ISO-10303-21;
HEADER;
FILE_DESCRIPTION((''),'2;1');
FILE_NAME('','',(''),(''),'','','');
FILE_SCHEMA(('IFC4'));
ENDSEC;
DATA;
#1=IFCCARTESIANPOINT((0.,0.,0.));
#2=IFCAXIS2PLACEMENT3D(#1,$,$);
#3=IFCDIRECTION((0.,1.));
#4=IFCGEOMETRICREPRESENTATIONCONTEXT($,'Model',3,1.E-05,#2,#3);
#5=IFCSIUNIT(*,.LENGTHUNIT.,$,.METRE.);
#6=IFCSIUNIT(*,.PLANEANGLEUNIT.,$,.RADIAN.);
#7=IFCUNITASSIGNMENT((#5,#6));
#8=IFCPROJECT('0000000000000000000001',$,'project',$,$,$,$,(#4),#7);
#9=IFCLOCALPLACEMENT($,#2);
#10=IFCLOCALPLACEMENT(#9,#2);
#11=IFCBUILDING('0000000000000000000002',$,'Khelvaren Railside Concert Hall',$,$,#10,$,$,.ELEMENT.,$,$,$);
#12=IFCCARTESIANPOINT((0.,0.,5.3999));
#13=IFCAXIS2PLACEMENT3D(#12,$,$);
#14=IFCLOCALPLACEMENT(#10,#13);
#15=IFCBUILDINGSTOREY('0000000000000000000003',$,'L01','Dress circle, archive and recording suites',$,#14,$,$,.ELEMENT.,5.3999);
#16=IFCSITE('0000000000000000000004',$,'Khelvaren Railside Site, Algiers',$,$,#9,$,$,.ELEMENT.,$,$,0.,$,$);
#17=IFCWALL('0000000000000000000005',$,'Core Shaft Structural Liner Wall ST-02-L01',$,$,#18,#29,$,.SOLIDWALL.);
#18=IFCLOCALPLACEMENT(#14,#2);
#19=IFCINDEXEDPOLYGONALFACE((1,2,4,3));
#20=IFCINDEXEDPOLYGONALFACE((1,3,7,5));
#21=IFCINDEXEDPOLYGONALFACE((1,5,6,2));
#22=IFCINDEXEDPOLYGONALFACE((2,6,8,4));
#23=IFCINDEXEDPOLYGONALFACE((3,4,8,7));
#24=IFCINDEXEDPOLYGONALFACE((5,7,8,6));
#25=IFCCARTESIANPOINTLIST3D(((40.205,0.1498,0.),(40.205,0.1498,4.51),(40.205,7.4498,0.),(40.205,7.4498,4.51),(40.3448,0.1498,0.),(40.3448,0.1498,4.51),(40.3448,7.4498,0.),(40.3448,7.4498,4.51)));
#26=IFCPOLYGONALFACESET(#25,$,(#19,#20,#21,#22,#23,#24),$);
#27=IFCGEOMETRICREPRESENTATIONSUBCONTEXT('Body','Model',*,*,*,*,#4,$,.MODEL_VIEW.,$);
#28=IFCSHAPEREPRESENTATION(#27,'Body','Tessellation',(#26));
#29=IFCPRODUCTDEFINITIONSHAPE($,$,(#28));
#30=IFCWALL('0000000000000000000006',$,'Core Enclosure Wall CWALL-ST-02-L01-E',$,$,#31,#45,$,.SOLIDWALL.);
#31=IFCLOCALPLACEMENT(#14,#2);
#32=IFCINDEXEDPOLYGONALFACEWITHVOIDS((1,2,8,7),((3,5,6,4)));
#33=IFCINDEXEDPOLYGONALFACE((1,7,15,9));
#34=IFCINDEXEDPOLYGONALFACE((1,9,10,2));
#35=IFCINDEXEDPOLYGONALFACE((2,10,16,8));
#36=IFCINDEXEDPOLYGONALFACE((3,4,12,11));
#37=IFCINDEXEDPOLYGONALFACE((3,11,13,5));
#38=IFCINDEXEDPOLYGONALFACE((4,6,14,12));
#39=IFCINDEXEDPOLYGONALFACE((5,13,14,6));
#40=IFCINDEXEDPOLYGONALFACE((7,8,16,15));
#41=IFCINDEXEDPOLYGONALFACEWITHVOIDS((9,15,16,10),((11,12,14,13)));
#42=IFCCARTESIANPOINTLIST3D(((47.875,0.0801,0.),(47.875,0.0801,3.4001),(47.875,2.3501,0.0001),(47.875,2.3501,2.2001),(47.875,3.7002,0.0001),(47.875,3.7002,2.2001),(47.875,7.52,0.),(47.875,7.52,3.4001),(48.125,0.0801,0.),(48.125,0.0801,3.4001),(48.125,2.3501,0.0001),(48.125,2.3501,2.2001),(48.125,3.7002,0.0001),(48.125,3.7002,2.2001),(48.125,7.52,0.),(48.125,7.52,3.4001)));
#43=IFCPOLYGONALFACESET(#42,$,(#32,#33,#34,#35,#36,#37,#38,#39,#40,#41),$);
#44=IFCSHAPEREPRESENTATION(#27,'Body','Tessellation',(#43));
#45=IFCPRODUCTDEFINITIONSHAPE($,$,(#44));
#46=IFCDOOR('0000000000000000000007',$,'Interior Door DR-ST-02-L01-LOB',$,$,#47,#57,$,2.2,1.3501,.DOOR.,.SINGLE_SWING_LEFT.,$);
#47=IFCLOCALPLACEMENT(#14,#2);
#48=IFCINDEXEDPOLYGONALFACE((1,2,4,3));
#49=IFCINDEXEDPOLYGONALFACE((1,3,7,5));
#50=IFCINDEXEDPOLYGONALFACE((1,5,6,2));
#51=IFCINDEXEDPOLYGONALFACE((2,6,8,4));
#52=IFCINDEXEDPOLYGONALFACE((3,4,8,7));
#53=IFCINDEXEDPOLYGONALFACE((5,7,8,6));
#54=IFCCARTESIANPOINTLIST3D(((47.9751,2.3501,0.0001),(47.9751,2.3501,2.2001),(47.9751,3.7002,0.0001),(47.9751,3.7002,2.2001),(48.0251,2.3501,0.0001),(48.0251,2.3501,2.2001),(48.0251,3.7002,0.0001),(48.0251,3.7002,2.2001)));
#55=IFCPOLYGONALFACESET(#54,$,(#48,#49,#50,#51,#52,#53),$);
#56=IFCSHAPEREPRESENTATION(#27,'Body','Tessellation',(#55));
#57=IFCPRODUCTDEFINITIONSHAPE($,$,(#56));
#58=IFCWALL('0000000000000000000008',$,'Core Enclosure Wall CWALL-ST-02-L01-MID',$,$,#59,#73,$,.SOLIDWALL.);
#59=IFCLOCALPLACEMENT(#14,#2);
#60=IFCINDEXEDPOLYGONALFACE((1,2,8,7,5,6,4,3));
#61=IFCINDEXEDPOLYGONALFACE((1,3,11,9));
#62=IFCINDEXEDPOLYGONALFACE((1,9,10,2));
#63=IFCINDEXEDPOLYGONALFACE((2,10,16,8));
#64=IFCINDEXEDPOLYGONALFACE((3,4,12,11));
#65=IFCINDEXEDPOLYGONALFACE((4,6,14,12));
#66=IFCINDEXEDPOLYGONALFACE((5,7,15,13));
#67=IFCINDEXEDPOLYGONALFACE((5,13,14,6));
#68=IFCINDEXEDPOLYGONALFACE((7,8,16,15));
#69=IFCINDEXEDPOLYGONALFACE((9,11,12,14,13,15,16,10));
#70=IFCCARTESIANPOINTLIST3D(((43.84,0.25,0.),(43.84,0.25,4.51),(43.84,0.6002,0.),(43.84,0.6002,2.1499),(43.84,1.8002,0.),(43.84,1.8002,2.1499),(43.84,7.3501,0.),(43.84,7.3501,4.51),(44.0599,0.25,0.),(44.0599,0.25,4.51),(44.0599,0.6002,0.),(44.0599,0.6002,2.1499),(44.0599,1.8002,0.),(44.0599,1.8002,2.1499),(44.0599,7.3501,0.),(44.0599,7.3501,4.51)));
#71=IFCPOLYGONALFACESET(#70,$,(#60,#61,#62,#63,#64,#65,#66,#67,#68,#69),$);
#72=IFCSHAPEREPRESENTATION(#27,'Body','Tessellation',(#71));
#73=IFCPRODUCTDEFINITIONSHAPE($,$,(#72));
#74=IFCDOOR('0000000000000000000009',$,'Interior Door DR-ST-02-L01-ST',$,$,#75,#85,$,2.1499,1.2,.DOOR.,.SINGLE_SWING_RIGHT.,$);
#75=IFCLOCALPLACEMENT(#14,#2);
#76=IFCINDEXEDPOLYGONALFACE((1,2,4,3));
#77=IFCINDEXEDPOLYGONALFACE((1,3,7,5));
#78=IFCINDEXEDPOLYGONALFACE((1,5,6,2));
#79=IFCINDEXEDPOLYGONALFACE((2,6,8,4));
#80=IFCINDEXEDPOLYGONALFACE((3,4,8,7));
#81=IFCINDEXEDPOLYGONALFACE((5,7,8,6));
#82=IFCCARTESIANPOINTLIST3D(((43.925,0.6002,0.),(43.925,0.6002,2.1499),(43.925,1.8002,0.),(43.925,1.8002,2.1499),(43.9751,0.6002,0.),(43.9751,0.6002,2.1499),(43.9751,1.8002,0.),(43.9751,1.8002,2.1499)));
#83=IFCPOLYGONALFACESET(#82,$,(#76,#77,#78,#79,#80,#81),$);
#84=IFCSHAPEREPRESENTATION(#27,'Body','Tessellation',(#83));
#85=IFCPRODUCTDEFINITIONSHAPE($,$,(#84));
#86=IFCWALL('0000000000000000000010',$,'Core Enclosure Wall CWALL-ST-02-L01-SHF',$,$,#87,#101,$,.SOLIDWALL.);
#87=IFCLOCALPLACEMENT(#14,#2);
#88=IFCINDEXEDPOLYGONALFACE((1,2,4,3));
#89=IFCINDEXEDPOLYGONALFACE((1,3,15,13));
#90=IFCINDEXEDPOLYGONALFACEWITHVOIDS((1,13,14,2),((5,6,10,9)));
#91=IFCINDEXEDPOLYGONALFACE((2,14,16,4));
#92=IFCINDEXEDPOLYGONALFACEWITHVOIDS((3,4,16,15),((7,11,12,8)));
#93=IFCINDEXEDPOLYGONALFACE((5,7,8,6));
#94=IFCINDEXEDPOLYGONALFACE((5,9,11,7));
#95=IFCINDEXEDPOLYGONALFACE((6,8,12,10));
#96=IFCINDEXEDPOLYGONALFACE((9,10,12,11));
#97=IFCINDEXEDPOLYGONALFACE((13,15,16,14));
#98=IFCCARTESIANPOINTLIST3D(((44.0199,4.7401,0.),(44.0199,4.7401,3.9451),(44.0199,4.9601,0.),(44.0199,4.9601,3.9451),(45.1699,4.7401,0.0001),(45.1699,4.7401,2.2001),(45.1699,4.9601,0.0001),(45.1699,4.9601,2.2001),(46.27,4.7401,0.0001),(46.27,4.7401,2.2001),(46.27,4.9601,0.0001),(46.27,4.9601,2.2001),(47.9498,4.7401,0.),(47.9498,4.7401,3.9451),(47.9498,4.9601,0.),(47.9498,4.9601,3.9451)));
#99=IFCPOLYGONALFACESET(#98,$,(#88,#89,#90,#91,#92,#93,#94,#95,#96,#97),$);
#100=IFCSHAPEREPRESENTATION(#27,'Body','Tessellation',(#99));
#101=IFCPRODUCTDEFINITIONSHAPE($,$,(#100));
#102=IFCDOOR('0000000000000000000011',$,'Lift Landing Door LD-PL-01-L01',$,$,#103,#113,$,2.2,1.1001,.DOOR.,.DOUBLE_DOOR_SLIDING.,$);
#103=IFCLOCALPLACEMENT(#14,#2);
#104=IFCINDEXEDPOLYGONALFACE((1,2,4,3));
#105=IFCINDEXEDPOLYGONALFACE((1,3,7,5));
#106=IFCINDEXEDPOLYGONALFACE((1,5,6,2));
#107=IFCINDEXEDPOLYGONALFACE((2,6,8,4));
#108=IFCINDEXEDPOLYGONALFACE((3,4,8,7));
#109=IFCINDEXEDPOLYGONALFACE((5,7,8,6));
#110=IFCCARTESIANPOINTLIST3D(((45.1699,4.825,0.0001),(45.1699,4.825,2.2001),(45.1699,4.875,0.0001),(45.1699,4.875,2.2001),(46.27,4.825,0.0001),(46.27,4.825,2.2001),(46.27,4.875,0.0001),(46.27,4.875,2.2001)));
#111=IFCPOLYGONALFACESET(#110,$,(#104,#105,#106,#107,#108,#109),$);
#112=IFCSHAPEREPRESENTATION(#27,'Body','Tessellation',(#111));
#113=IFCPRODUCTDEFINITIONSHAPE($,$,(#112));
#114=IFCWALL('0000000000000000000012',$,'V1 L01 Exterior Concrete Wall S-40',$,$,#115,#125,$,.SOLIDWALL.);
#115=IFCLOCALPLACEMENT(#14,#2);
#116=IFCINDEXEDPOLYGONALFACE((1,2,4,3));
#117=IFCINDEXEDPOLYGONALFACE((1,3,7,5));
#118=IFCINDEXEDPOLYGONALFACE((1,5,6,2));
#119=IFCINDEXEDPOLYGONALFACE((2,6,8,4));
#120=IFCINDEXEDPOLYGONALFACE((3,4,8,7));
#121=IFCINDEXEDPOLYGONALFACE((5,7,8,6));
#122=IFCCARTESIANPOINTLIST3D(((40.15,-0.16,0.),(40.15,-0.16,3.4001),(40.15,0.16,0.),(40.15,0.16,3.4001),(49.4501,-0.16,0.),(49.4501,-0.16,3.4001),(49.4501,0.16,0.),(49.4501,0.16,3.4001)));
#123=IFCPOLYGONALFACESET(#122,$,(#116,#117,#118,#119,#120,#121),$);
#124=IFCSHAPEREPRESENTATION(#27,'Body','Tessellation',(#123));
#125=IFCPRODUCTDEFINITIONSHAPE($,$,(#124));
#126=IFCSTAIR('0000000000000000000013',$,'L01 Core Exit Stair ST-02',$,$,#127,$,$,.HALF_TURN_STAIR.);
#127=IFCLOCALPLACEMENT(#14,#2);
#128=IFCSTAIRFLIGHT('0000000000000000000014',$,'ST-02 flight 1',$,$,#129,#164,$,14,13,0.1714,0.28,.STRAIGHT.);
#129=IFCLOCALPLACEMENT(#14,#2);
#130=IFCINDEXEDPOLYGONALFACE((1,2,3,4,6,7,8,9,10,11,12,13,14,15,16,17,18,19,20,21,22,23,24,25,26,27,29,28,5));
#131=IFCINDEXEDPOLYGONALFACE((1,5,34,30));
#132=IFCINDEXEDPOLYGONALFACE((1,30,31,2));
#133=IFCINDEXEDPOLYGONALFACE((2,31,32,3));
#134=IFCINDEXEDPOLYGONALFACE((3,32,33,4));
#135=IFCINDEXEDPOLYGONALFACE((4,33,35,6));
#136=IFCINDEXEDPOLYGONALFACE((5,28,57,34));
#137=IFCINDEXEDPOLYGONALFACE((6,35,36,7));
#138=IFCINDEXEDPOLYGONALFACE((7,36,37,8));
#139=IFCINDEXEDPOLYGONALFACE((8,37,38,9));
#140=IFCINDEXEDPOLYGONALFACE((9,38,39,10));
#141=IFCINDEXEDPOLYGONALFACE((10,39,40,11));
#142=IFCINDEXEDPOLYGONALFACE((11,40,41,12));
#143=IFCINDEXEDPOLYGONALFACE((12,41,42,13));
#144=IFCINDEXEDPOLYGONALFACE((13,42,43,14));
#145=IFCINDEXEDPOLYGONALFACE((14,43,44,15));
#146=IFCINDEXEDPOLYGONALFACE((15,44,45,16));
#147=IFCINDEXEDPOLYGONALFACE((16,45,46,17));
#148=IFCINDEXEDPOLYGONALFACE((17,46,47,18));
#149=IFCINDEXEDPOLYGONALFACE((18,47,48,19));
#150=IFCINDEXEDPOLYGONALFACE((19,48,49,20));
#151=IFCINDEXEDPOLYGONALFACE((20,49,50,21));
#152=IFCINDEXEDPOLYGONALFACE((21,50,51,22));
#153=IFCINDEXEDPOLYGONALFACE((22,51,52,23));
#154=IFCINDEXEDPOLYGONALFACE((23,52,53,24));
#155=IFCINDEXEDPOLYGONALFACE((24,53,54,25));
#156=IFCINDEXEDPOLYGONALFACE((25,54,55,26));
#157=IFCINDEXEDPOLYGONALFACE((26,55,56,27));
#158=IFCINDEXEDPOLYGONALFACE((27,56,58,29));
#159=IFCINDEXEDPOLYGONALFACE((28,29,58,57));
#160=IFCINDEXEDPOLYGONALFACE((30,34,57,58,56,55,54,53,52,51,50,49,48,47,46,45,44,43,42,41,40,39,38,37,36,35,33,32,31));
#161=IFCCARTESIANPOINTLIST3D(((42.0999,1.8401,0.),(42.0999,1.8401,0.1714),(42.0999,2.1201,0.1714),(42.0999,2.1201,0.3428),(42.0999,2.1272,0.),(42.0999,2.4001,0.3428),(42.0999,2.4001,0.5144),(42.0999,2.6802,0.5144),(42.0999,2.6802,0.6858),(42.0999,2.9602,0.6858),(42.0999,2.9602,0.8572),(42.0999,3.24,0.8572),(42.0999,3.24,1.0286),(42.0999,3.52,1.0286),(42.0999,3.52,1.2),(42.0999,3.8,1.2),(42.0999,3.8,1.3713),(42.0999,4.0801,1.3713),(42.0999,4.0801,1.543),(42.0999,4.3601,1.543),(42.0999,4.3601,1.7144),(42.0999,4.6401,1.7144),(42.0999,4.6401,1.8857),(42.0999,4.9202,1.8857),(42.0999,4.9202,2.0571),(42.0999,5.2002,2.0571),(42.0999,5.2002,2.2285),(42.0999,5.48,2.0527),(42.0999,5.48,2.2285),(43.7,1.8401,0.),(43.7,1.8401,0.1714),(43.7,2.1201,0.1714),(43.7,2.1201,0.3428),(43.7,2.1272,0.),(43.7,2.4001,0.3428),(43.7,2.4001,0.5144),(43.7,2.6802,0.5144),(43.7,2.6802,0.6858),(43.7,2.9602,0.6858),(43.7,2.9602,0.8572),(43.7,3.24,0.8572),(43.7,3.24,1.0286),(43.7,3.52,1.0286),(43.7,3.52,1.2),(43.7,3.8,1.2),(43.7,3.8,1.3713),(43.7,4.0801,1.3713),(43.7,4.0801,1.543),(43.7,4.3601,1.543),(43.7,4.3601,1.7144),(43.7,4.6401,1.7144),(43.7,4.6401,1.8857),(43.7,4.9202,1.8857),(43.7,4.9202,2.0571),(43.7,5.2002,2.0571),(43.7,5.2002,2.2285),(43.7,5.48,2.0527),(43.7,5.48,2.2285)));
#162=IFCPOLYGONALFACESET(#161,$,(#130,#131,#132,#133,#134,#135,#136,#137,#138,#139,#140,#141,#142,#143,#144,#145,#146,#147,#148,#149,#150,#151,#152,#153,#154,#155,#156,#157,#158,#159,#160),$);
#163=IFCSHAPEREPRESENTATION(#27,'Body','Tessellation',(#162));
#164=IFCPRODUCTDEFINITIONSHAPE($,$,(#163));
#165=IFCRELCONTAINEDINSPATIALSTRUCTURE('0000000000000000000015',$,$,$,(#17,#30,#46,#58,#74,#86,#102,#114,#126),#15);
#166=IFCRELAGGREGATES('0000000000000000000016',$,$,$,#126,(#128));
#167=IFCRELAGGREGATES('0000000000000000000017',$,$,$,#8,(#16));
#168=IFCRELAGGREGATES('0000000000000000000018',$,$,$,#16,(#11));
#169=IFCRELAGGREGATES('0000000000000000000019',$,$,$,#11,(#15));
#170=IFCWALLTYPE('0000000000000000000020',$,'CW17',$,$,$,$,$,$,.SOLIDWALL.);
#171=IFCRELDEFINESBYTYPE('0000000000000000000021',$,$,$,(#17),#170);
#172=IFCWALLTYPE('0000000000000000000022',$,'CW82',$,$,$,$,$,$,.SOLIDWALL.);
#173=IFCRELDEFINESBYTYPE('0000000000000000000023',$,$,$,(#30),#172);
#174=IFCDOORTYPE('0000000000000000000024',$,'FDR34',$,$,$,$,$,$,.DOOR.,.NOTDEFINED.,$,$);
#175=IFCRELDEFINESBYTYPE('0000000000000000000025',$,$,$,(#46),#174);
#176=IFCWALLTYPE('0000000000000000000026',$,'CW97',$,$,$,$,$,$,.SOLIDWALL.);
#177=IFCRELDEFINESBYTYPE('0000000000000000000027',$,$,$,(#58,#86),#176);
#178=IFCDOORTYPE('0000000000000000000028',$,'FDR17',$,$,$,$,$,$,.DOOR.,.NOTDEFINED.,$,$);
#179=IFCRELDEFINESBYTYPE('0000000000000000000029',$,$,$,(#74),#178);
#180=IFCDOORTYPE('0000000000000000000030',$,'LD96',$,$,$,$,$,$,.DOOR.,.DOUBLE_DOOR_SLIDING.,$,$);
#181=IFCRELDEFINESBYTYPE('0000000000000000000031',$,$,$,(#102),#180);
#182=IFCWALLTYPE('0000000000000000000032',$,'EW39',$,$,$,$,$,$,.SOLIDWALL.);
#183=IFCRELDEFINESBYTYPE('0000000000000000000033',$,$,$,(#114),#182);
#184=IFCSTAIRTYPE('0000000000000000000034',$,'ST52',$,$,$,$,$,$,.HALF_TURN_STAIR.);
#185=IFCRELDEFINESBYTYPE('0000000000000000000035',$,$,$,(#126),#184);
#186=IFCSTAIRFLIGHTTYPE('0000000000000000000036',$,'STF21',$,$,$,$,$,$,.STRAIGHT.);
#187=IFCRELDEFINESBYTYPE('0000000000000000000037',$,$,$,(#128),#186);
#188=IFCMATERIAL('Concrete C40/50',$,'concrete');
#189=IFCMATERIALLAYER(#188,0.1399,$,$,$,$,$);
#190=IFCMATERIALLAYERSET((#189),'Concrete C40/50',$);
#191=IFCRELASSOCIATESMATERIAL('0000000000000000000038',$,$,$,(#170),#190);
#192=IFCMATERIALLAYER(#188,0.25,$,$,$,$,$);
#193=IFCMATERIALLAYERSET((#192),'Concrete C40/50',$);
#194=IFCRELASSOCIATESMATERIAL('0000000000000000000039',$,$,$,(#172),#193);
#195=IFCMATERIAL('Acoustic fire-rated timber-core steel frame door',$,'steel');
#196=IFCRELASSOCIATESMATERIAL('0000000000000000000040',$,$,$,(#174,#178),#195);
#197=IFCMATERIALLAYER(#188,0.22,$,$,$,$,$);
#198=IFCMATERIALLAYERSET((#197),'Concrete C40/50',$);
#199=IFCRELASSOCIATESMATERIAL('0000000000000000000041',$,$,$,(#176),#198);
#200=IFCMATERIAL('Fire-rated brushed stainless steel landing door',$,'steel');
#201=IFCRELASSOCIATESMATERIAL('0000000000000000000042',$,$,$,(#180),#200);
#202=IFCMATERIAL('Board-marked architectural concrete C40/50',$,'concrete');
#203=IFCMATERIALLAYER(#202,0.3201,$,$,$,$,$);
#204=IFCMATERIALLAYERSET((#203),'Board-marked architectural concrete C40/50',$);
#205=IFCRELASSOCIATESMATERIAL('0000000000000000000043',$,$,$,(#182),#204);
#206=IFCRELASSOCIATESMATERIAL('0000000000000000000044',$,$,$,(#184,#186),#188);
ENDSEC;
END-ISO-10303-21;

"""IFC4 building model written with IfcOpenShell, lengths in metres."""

from ifc_helpers import new_model, si_unit, direction, frame, frame_2d, origin, place, context, subcontext, project, spatial, polyline, rectangle, outline, extrude, material, layer, layer_set, type_object, element, fill, aggregate, save


model = new_model("IFC4")

# Units and contexts
model_context = context("Model", 3, precision=1e-05, world=origin(), true_north=direction((0.0, 1.0)))
body_context = subcontext(model_context, "Body", "Model", "MODEL_VIEW")
ifc_project = project(units=[si_unit("LENGTHUNIT", "METRE"), si_unit("PLANEANGLEUNIT", "RADIAN")], contexts=[model_context])

# Site, building, storey
site_placement = place(None, origin())
site = spatial("IfcSite", under=ifc_project, at=site_placement, Name="Khelvaren Railside Site, Algiers", CompositionType="ELEMENT", RefElevation=0.0)
building_placement = place(site_placement, origin())
building = spatial("IfcBuilding", under=site, at=building_placement, Name="Khelvaren Railside Concert Hall", CompositionType="ELEMENT")
storey_placement = place(building_placement, frame((0.0, 0.0, 5.3999)))
storey = spatial("IfcBuildingStorey", under=building, at=storey_placement, Name="L01", Description="Dress circle, archive and recording suites", CompositionType="ELEMENT", Elevation=5.3999)

# Shared definitions
ifc_material_1 = material(Name="Concrete C40/50", Category="concrete")

# Wall
ifc_layer_1 = layer(ifc_material_1, 0.1399)
ifc_layer_set_1 = layer_set([ifc_layer_1], Name="Concrete C40/50")
wall_type_1 = type_object("IfcWallType", Name="CW17", PredefinedType="SOLIDWALL", material=ifc_layer_set_1)
wall_1_placement = place(storey_placement, frame((40.2749, 0.1499, 0.0), z_axis=(0.0, 0.0, 1.0), x_axis=(0.0, 1.0, 0.0)))
element("IfcWall", 1, at=wall_1_placement, inside=storey, type_object=wall_type_1, Name="Core Shaft Structural Liner Wall ST-02-L01", PredefinedType="SOLIDWALL", context=body_context, shape_type="SweptSolid", body=[
    extrude(rectangle(XDim=7.3, YDim=0.1399, at=frame_2d((3.6499, 0.0))), origin(), (0.0, 0.0, 1.0), 4.51),
])

# Walls, openings, doors
ifc_layer_2 = layer(ifc_material_1, 0.25)
ifc_layer_set_2 = layer_set([ifc_layer_2], Name="Concrete C40/50")
wall_type_2 = type_object("IfcWallType", Name="CW82", PredefinedType="SOLIDWALL", material=ifc_layer_set_2)
wall_2_placement = place(storey_placement, frame((48.0, 0.0801, 0.0), z_axis=(0.0, 0.0, 1.0), x_axis=(0.0, 1.0, 0.0)))
wall_2 = element("IfcWall", 2, at=wall_2_placement, inside=storey, type_object=wall_type_2, Name="Core Enclosure Wall CWALL-ST-02-L01-E", PredefinedType="SOLIDWALL", context=body_context, shape_type="SweptSolid", body=[
    extrude(rectangle(XDim=7.4399, YDim=0.25, at=frame_2d((3.72, 0.0))), origin(), (0.0, 0.0, 1.0), 3.4001),
])
opening_1_placement = place(wall_2_placement, frame((2.27, 0.0, 0.0)))
opening_1 = element("IfcOpeningElement", 3, at=opening_1_placement, cuts=wall_2, PredefinedType="OPENING", context=body_context, shape_type="SweptSolid", body=[
    extrude(rectangle(XDim=1.3501, YDim=2.2, at=frame_2d((0.675, 1.1001))), frame((0.0, 0.135, 0.0), z_axis=(0.0, -1.0, 0.0), x_axis=(1.0, 0.0, 0.0)), (0.0, 0.0, 1.0), 0.27),
])
ifc_material_2 = material(Name="Acoustic fire-rated timber-core steel frame door", Category="steel")
door_type_1 = type_object("IfcDoorType", Name="FDR34", OperationType="NOTDEFINED", PredefinedType="DOOR", material=ifc_material_2)
door_1_placement = place(opening_1_placement, origin())
door_1 = element("IfcDoor", 4, at=door_1_placement, inside=storey, type_object=door_type_1, Name="Interior Door DR-ST-02-L01-LOB", OperationType="SINGLE_SWING_LEFT", OverallHeight=2.2, OverallWidth=1.3501, PredefinedType="DOOR", context=body_context, shape_type="SweptSolid", body=[
    extrude(rectangle(XDim=1.3501, YDim=2.2, at=frame_2d((0.675, 1.1001))), frame((0.0, 0.0249, 0.0), z_axis=(0.0, -1.0, 0.0), x_axis=(1.0, 0.0, 0.0)), (0.0, 0.0, 1.0), 0.05),
])
fill(opening_1, door_1)
ifc_layer_3 = layer(ifc_material_1, 0.22)
ifc_layer_set_3 = layer_set([ifc_layer_3], Name="Concrete C40/50")
wall_type_3 = type_object("IfcWallType", Name="CW97", PredefinedType="SOLIDWALL", material=ifc_layer_set_3)
wall_3_placement = place(storey_placement, frame((43.95, 0.25, 0.0), z_axis=(0.0, 0.0, 1.0), x_axis=(0.0, 1.0, 0.0)))
wall_3 = element("IfcWall", 5, at=wall_3_placement, inside=storey, type_object=wall_type_3, Name="Core Enclosure Wall CWALL-ST-02-L01-MID", PredefinedType="SOLIDWALL", context=body_context, shape_type="SweptSolid", body=[
    extrude(rectangle(XDim=7.1001, YDim=0.22, at=frame_2d((3.55, 0.0))), origin(), (0.0, 0.0, 1.0), 4.51),
])
opening_2_placement = place(wall_3_placement, frame((0.3501, 0.0, 0.0)))
opening_2 = element("IfcOpeningElement", 6, at=opening_2_placement, cuts=wall_3, PredefinedType="OPENING", context=body_context, shape_type="SweptSolid", body=[
    extrude(rectangle(XDim=1.2, YDim=2.1499, at=frame_2d((0.6001, 1.075))), frame((0.0, 0.1199, 0.0), z_axis=(0.0, -1.0, 0.0), x_axis=(1.0, 0.0, 0.0)), (0.0, 0.0, 1.0), 0.24),
])
door_type_2 = type_object("IfcDoorType", Name="FDR17", OperationType="NOTDEFINED", PredefinedType="DOOR", material=ifc_material_2)
door_2_placement = place(opening_2_placement, origin())
door_2 = element("IfcDoor", 7, at=door_2_placement, inside=storey, type_object=door_type_2, Name="Interior Door DR-ST-02-L01-ST", OperationType="SINGLE_SWING_RIGHT", OverallHeight=2.1499, OverallWidth=1.2, PredefinedType="DOOR", context=body_context, shape_type="SweptSolid", body=[
    extrude(rectangle(XDim=1.2, YDim=2.1499, at=frame_2d((0.6001, 1.075))), frame((0.0, 0.0249, 0.0), z_axis=(0.0, -1.0, 0.0), x_axis=(1.0, 0.0, 0.0)), (0.0, 0.0, 1.0), 0.05),
])
fill(opening_2, door_2)
wall_4_placement = place(storey_placement, frame((44.02, 4.8501, 0.0), z_axis=(0.0, 0.0, 1.0), x_axis=(1.0, 0.0, 0.0)))
wall_4 = element("IfcWall", 8, at=wall_4_placement, inside=storey, type_object=wall_type_3, Name="Core Enclosure Wall CWALL-ST-02-L01-SHF", PredefinedType="SOLIDWALL", context=body_context, shape_type="SweptSolid", body=[
    extrude(rectangle(XDim=3.9299, YDim=0.22, at=frame_2d((1.9648, 0.0))), origin(), (0.0, 0.0, 1.0), 3.9451),
])
opening_3_placement = place(wall_4_placement, frame((1.1499, 0.0, 0.0)))
opening_3 = element("IfcOpeningElement", 9, at=opening_3_placement, cuts=wall_4, PredefinedType="OPENING", context=body_context, shape_type="SweptSolid", body=[
    extrude(rectangle(XDim=1.1001, YDim=2.2, at=frame_2d((0.55, 1.1001))), frame((0.0, 0.1199, 0.0), z_axis=(0.0, -1.0, 0.0), x_axis=(1.0, 0.0, 0.0)), (0.0, 0.0, 1.0), 0.24),
])
ifc_material_3 = material(Name="Fire-rated brushed stainless steel landing door", Category="steel")
door_type_3 = type_object("IfcDoorType", Name="LD96", OperationType="DOUBLE_DOOR_SLIDING", PredefinedType="DOOR", material=ifc_material_3)
door_3_placement = place(opening_3_placement, origin())
door_3 = element("IfcDoor", 10, at=door_3_placement, inside=storey, type_object=door_type_3, Name="Lift Landing Door LD-PL-01-L01", OperationType="DOUBLE_DOOR_SLIDING", OverallHeight=2.2, OverallWidth=1.1001, PredefinedType="DOOR", context=body_context, shape_type="SweptSolid", body=[
    extrude(rectangle(XDim=1.1001, YDim=2.2, at=frame_2d((0.55, 1.1001))), frame((0.0, 0.0249, 0.0), z_axis=(0.0, -1.0, 0.0), x_axis=(1.0, 0.0, 0.0)), (0.0, 0.0, 1.0), 0.05),
])
fill(opening_3, door_3)

# Wall
ifc_material_4 = material(Name="Board-marked architectural concrete C40/50", Category="concrete")
ifc_layer_4 = layer(ifc_material_4, 0.3201)
ifc_layer_set_4 = layer_set([ifc_layer_4], Name="Board-marked architectural concrete C40/50")
wall_type_4 = type_object("IfcWallType", Name="EW39", PredefinedType="SOLIDWALL", material=ifc_layer_set_4)
wall_5_placement = place(storey_placement, frame((49.45, 0.0, 0.0), z_axis=(0.0, 0.0, 1.0), x_axis=(-1.0, 0.0, 0.0)))
element("IfcWall", 11, at=wall_5_placement, inside=storey, type_object=wall_type_4, Name="V1 L01 Exterior Concrete Wall S-40", PredefinedType="SOLIDWALL", context=body_context, shape_type="SweptSolid", body=[
    extrude(rectangle(XDim=9.3, YDim=0.3201, at=frame_2d((4.6499, 0.0))), origin(), (0.0, 0.0, 1.0), 3.4001),
])

# Stair, stair flight
stair_type = type_object("IfcStairType", Name="ST52", PredefinedType="HALF_TURN_STAIR", material=ifc_material_1)
stair_placement = place(storey_placement, origin())
stair = element("IfcStair", 12, at=stair_placement, inside=storey, type_object=stair_type, Name="L01 Core Exit Stair ST-02", PredefinedType="HALF_TURN_STAIR")
stair_flight_type = type_object("IfcStairFlightType", Name="STF21", PredefinedType="STRAIGHT", material=ifc_material_1)
stair_flight_1_placement = place(storey_placement, frame((42.8999, 1.8401, 0.0), z_axis=(0.0, 0.0, 1.0), x_axis=(0.0, 1.0, 0.0)))
stair_flight_1 = element("IfcStairFlight", 13, at=stair_flight_1_placement, type_object=stair_flight_type, Name="ST-02 flight 1", NumberOfRisers=14, NumberOfTreads=13, PredefinedType="STRAIGHT", RiserHeight=0.1714, TreadLength=0.28, context=body_context, shape_type="SweptSolid", body=[
    extrude(outline(polyline([(0.0, 0.0), (0.0, 0.1714), (0.28, 0.1714), (0.28, 0.3428), (0.5601, 0.3428), (0.5601, 0.5144), (0.8401, 0.5144), (0.8401, 0.6858), (1.1201, 0.6858), (1.1201, 0.8572), (1.3999, 0.8572), (1.3999, 1.0286), (1.6799, 1.0286), (1.6799, 1.2), (1.96, 1.2), (1.96, 1.3713), (2.24, 1.3713), (2.24, 1.543), (2.52, 1.543), (2.52, 1.7144), (2.8, 1.7144), (2.8, 1.8857), (3.0801, 1.8857), (3.0801, 2.0571), (3.3601, 2.0571), (3.3601, 2.2285), (3.6399, 2.2285), (3.6399, 2.3999), (3.6399, 2.0527), (0.2871, 0.0), (0.0, 0.0)])), frame((0.0, 0.8, 0.0), z_axis=(0.0, -1.0, 0.0), x_axis=(1.0, 0.0, 0.0)), (0.0, 0.0, 1.0), 1.6001),
])
aggregate(stair, [stair_flight_1])

save(model, "model.ifc")
